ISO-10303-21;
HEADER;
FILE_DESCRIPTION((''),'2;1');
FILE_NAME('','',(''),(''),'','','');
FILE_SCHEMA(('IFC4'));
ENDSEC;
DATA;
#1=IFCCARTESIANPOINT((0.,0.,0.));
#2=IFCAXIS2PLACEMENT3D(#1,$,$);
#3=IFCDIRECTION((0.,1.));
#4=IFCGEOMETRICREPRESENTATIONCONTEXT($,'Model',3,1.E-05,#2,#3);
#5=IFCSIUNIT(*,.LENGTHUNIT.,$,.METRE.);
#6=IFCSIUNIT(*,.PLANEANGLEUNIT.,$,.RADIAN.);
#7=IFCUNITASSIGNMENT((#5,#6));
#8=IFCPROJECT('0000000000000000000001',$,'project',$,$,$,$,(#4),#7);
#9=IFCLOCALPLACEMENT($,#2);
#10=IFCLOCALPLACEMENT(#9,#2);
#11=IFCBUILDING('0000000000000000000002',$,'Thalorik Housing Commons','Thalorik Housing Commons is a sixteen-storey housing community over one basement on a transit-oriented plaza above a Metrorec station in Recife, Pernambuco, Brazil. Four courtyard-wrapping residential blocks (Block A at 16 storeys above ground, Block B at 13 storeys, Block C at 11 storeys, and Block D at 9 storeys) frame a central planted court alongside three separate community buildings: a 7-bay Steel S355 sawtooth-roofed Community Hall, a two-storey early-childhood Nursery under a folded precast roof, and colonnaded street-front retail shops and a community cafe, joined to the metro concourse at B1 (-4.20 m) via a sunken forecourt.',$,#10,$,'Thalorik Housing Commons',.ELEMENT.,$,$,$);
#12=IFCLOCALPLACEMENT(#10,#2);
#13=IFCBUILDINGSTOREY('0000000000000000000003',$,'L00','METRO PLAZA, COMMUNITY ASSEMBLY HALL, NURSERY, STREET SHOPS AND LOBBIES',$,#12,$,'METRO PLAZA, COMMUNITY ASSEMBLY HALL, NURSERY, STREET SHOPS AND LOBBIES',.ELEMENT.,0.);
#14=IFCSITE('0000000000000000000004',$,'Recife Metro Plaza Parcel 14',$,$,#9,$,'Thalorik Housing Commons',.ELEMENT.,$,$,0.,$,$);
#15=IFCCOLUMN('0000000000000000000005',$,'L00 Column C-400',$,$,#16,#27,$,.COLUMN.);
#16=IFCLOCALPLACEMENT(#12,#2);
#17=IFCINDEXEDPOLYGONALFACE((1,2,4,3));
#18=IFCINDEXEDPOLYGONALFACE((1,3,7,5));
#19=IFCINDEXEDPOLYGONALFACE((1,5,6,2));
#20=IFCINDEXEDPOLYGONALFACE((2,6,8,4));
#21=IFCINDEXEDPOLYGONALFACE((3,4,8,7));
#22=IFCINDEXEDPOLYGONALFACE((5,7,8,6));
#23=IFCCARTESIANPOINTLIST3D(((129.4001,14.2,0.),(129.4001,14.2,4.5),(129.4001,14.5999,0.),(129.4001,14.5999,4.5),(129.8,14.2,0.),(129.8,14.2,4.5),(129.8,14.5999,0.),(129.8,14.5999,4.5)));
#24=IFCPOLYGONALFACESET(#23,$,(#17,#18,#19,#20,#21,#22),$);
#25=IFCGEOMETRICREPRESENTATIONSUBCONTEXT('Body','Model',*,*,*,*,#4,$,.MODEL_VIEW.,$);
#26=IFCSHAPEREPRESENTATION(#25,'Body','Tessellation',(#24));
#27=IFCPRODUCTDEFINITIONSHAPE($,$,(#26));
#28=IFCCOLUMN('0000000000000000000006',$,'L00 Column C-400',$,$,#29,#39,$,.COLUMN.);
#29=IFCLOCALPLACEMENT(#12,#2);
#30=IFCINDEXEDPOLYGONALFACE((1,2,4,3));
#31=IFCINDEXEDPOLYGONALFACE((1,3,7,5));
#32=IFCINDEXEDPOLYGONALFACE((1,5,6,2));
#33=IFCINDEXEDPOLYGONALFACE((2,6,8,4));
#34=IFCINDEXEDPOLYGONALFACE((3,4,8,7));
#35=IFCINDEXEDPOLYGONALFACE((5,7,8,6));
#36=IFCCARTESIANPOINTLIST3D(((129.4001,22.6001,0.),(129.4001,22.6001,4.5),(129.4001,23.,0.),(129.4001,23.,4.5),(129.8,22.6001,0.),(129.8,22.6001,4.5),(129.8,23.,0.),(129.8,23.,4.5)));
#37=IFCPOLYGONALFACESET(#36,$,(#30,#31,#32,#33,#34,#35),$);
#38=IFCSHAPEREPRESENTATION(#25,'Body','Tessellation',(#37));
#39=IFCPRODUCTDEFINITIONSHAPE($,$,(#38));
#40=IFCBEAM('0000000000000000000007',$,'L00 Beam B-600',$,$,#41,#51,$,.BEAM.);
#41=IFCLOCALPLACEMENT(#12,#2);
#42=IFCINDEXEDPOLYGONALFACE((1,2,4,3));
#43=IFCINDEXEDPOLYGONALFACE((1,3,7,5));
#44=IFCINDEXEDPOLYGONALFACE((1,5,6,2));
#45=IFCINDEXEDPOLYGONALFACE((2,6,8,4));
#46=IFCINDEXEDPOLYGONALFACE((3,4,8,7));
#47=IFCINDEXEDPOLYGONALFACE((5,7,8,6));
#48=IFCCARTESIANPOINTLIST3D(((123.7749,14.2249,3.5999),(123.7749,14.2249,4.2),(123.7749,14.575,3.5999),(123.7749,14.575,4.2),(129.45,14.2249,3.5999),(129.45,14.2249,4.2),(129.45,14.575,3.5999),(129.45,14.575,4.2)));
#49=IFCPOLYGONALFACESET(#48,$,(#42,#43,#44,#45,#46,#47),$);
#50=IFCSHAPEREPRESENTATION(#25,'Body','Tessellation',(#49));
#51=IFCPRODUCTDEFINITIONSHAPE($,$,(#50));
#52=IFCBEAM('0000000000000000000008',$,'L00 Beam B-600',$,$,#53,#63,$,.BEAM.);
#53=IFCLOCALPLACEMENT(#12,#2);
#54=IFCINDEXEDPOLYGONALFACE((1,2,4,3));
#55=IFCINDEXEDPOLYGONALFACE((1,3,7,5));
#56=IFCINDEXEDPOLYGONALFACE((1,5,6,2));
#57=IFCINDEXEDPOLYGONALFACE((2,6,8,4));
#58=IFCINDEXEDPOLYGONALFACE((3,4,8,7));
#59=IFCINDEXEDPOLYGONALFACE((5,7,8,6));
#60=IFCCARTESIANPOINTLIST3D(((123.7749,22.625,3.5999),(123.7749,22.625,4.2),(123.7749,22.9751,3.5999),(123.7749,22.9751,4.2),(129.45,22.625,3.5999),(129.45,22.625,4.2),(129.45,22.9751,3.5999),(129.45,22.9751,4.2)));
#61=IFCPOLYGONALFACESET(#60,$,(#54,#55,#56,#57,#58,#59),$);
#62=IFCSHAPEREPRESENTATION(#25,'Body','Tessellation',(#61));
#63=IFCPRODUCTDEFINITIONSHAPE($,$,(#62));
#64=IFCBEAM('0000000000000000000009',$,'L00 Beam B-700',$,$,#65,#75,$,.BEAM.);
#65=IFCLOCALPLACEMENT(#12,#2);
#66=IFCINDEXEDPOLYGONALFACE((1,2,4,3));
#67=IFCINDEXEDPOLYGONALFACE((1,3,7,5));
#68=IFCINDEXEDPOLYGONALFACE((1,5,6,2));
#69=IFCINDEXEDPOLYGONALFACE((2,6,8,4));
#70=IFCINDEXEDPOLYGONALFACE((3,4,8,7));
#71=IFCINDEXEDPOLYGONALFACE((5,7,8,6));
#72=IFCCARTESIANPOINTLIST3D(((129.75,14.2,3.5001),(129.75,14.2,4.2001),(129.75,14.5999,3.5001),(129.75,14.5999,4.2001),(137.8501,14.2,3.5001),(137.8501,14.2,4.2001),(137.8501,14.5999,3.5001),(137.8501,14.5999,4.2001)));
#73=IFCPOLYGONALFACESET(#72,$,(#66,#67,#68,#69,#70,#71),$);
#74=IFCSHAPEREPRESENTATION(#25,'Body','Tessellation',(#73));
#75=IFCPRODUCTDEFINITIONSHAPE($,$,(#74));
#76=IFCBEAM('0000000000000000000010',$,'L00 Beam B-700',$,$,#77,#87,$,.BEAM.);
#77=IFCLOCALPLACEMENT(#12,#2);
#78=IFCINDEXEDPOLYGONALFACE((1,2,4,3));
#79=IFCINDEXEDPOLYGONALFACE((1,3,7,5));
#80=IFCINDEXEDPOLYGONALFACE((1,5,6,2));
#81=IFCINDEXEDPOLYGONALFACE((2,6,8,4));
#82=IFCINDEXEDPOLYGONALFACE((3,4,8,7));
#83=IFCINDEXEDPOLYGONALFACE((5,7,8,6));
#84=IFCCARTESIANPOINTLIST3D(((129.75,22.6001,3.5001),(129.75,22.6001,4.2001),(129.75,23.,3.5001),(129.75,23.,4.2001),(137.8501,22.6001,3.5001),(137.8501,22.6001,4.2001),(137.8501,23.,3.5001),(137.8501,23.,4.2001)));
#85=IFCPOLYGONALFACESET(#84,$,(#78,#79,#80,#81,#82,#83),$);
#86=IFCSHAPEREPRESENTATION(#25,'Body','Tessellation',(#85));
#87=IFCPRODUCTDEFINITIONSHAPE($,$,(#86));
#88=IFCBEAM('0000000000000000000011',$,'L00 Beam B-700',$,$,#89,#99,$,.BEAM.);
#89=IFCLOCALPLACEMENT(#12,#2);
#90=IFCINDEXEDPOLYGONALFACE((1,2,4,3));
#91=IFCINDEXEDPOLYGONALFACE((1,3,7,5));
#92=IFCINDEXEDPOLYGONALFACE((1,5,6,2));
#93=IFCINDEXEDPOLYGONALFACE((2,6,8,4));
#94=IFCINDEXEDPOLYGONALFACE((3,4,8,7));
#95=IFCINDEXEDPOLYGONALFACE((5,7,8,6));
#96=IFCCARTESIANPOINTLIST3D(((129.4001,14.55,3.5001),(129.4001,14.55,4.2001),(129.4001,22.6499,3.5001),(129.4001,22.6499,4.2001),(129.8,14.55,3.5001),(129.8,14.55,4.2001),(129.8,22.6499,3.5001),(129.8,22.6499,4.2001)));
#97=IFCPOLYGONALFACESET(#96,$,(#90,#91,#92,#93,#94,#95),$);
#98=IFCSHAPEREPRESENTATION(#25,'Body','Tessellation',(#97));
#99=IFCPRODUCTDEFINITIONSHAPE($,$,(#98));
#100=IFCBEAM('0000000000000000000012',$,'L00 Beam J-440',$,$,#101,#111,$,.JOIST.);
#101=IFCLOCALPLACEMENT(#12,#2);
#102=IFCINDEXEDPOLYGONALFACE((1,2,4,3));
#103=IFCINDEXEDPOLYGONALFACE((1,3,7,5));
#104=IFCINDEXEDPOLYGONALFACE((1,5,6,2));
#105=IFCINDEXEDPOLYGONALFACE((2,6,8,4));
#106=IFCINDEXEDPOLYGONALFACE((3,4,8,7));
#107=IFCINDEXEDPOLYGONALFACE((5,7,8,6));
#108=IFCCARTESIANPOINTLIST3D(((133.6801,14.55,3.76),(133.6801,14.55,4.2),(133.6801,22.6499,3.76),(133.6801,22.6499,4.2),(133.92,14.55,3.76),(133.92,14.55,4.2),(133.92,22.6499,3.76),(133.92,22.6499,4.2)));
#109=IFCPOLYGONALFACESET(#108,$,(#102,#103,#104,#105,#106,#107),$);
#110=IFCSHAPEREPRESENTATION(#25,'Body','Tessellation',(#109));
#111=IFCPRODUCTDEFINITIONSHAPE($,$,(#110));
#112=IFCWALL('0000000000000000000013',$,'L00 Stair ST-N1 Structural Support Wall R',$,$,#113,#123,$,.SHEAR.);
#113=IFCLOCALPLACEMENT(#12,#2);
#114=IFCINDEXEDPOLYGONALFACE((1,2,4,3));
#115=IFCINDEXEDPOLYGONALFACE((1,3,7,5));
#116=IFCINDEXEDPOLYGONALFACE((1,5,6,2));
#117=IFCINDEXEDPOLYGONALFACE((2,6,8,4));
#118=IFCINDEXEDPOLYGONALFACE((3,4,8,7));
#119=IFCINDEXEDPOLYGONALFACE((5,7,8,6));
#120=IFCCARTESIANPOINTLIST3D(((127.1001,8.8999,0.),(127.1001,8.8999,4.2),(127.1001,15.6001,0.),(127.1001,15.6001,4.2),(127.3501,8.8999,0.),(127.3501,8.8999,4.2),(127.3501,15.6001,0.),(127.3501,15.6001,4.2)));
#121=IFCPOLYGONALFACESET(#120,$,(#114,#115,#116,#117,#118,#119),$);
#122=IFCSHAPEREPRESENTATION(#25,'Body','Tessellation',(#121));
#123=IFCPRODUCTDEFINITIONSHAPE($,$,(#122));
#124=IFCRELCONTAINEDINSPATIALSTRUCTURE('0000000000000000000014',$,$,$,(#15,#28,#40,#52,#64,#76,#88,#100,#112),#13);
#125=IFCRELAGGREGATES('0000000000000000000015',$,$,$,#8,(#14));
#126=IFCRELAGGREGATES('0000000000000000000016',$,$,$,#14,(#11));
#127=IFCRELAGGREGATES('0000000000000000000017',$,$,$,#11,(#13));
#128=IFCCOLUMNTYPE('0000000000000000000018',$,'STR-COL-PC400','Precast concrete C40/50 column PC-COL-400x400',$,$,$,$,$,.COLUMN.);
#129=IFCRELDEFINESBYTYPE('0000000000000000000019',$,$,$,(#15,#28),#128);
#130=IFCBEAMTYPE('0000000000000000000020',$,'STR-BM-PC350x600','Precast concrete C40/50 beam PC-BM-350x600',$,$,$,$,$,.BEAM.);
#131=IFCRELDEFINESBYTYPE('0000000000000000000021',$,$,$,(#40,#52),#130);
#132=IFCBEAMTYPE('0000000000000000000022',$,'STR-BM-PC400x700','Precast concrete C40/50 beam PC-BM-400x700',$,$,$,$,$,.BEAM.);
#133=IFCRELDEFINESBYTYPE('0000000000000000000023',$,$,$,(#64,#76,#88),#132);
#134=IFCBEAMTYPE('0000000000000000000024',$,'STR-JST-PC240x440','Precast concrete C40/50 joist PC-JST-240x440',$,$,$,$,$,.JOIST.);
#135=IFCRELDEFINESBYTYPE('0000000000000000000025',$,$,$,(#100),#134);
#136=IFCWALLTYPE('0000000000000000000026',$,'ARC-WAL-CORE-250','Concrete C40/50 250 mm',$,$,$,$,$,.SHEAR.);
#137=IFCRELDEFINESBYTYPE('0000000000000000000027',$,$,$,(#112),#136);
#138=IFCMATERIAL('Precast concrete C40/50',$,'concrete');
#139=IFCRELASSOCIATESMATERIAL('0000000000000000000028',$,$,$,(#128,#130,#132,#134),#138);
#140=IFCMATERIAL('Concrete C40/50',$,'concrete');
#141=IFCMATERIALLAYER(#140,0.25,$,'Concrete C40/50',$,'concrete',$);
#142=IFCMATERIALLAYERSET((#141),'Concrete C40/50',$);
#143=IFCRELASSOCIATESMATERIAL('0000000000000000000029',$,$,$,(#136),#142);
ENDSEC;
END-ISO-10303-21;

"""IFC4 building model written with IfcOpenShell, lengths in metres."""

from ifc_helpers import new_model, si_unit, direction, frame, frame_2d, origin, origin_2d, place, context, subcontext, project, spatial, rectangle, extrude, material, layer, layer_set, material_profile, profile_set, type_object, element, save


model = new_model("IFC4")

# Units and contexts
model_context = context("Model", 3, precision=1e-05, world=origin(), true_north=direction((0.0, 1.0)))
body_context = subcontext(model_context, "Body", "Model", "MODEL_VIEW")
ifc_project = project(units=[si_unit("LENGTHUNIT", "METRE"), si_unit("PLANEANGLEUNIT", "RADIAN")], contexts=[model_context])

# Site, building, storey
site_placement = place(None, origin())
site = spatial("IfcSite", under=ifc_project, at=site_placement, Name="Recife Metro Plaza Parcel 14", LongName="Thalorik Housing Commons", CompositionType="ELEMENT", RefElevation=0.0)
building_placement = place(site_placement, origin())
building = spatial("IfcBuilding", under=site, at=building_placement, Name="Thalorik Housing Commons", Description="Thalorik Housing Commons is a sixteen-storey housing community over one basement on a transit-oriented plaza above a Metrorec station in Recife, Pernambuco, Brazil. Four courtyard-wrapping residential blocks (Block A at 16 storeys above ground, Block B at 13 storeys, Block C at 11 storeys, and Block D at 9 storeys) frame a central planted court alongside three separate community buildings: a 7-bay Steel S355 sawtooth-roofed Community Hall, a two-storey early-childhood Nursery under a folded precast roof, and colonnaded street-front retail shops and a community cafe, joined to the metro concourse at B1 (-4.20 m) via a sunken forecourt.", LongName="Thalorik Housing Commons", CompositionType="ELEMENT")
storey_placement = place(building_placement, origin())
storey = spatial("IfcBuildingStorey", under=building, at=storey_placement, Name="L00", Description="METRO PLAZA, COMMUNITY ASSEMBLY HALL, NURSERY, STREET SHOPS AND LOBBIES", LongName="METRO PLAZA, COMMUNITY ASSEMBLY HALL, NURSERY, STREET SHOPS AND LOBBIES", CompositionType="ELEMENT", Elevation=0.0)

# Columns
ifc_material_1 = material(Name="Precast concrete C40/50", Category="concrete")
ifc_material_profile_1 = material_profile(ifc_material_1, rectangle(XDim=0.3999, YDim=0.3999, at=origin_2d()), Name="PC 400x400", Category="concrete")
ifc_profile_set_1 = profile_set([ifc_material_profile_1], Name="Precast concrete C40/50")
column_type = type_object("IfcColumnType", Name="STR-COL-PC400", Description="Precast concrete C40/50 column PC-COL-400x400", PredefinedType="COLUMN", material=ifc_profile_set_1)
for number, where, z_axis, x_axis, name in (
    (1, (129.6001, 14.3999, 0.0), (0.0, 0.0, 1.0), (1.0, 0.0, 0.0), "L00 Column C-400"),
    (2, (129.6001, 22.8, 0.0), (0.0, 0.0, 1.0), (1.0, 0.0, 0.0), "L00 Column C-400"),
):
    element("IfcColumn", number, at=place(storey_placement, frame(where, z_axis=z_axis, x_axis=x_axis)), inside=storey, type_object=column_type, Name=name, PredefinedType="COLUMN", context=body_context, shape_type="SweptSolid", body=[
        extrude(rectangle(XDim=0.3999, YDim=0.3999, at=origin_2d()), origin(), (0.0, 0.0, 1.0), 4.5),
    ])

# Beams
ifc_material_profile_2 = material_profile(ifc_material_1, rectangle(XDim=0.3501, YDim=0.6001, at=origin_2d()), Name="PC 350x600", Category="concrete")
ifc_profile_set_2 = profile_set([ifc_material_profile_2], Name="Precast concrete C40/50")
beam_type_1 = type_object("IfcBeamType", Name="STR-BM-PC350x600", Description="Precast concrete C40/50 beam PC-BM-350x600", PredefinedType="BEAM", material=ifc_profile_set_2)
for number, where, z_axis, x_axis, name in (
    (3, (123.7749, 14.3999, 3.8999), (1.0, 0.0, 0.0), (0.0, 1.0, 0.0), "L00 Beam B-600"),
    (4, (123.7749, 22.8, 3.8999), (1.0, 0.0, 0.0), (0.0, 1.0, 0.0), "L00 Beam B-600"),
):
    element("IfcBeam", number, at=place(storey_placement, frame(where, z_axis=z_axis, x_axis=x_axis)), inside=storey, type_object=beam_type_1, Name=name, PredefinedType="BEAM", context=body_context, shape_type="SweptSolid", body=[
        extrude(rectangle(XDim=0.3501, YDim=0.6001, at=origin_2d()), origin(), (0.0, 0.0, 1.0), 5.675),
    ])
ifc_material_profile_3 = material_profile(ifc_material_1, rectangle(XDim=0.3999, YDim=0.7, at=origin_2d()), Name="PC 400x700", Category="concrete")
ifc_profile_set_3 = profile_set([ifc_material_profile_3], Name="Precast concrete C40/50")
beam_type_2 = type_object("IfcBeamType", Name="STR-BM-PC400x700", Description="Precast concrete C40/50 beam PC-BM-400x700", PredefinedType="BEAM", material=ifc_profile_set_3)
for number, where, z_axis, x_axis, name in (
    (5, (129.75, 14.3999, 3.8501), (1.0, 0.0, 0.0), (0.0, 1.0, 0.0), "L00 Beam B-700"),
    (6, (129.75, 22.8, 3.8501), (1.0, 0.0, 0.0), (0.0, 1.0, 0.0), "L00 Beam B-700"),
):
    element("IfcBeam", number, at=place(storey_placement, frame(where, z_axis=z_axis, x_axis=x_axis)), inside=storey, type_object=beam_type_2, Name=name, PredefinedType="BEAM", context=body_context, shape_type="SweptSolid", body=[
        extrude(rectangle(XDim=0.3999, YDim=0.7, at=origin_2d()), origin(), (0.0, 0.0, 1.0), 8.1001),
    ])
beam_1_placement = place(storey_placement, frame((129.6001, 14.55, 3.8501), z_axis=(0.0, 1.0, 0.0), x_axis=(-1.0, 0.0, 0.0)))
element("IfcBeam", 7, at=beam_1_placement, inside=storey, type_object=beam_type_2, Name="L00 Beam B-700", PredefinedType="BEAM", context=body_context, shape_type="SweptSolid", body=[
    extrude(rectangle(XDim=0.3999, YDim=0.7, at=origin_2d()), origin(), (0.0, 0.0, 1.0), 8.0999),
])
ifc_material_profile_4 = material_profile(ifc_material_1, rectangle(XDim=0.24, YDim=0.4399, at=origin_2d()), Name="PC JST 240x440", Category="concrete")
ifc_profile_set_4 = profile_set([ifc_material_profile_4], Name="Precast concrete C40/50")
beam_type_3 = type_object("IfcBeamType", Name="STR-JST-PC240x440", Description="Precast concrete C40/50 joist PC-JST-240x440", PredefinedType="JOIST", material=ifc_profile_set_4)
beam_2_placement = place(storey_placement, frame((133.8, 14.55, 3.98), z_axis=(0.0, 1.0, 0.0), x_axis=(-1.0, 0.0, 0.0)))
element("IfcBeam", 8, at=beam_2_placement, inside=storey, type_object=beam_type_3, Name="L00 Beam J-440", PredefinedType="JOIST", context=body_context, shape_type="SweptSolid", body=[
    extrude(rectangle(XDim=0.24, YDim=0.4399, at=origin_2d()), origin(), (0.0, 0.0, 1.0), 8.0999),
])

# Wall
ifc_material_2 = material(Name="Concrete C40/50", Category="concrete")
ifc_layer_1 = layer(ifc_material_2, 0.25, Name="Concrete C40/50", Category="concrete")
ifc_layer_set_1 = layer_set([ifc_layer_1], Name="Concrete C40/50")
wall_type_1 = type_object("IfcWallType", Name="ARC-WAL-CORE-250", Description="Concrete C40/50 250 mm", PredefinedType="SHEAR", material=ifc_layer_set_1)
wall_1_placement = place(storey_placement, frame((127.2251, 15.6001, 0.0), z_axis=(0.0, 0.0, 1.0), x_axis=(0.0, -1.0, 0.0)))
element("IfcWall", 9, at=wall_1_placement, inside=storey, type_object=wall_type_1, Name="L00 Stair ST-N1 Structural Support Wall R", PredefinedType="SHEAR", context=body_context, shape_type="SweptSolid", body=[
    extrude(rectangle(XDim=6.7002, YDim=0.25, at=frame_2d((3.3501, 0.0))), origin(), (0.0, 0.0, 1.0), 4.2),
])

save(model, "model.ifc")
